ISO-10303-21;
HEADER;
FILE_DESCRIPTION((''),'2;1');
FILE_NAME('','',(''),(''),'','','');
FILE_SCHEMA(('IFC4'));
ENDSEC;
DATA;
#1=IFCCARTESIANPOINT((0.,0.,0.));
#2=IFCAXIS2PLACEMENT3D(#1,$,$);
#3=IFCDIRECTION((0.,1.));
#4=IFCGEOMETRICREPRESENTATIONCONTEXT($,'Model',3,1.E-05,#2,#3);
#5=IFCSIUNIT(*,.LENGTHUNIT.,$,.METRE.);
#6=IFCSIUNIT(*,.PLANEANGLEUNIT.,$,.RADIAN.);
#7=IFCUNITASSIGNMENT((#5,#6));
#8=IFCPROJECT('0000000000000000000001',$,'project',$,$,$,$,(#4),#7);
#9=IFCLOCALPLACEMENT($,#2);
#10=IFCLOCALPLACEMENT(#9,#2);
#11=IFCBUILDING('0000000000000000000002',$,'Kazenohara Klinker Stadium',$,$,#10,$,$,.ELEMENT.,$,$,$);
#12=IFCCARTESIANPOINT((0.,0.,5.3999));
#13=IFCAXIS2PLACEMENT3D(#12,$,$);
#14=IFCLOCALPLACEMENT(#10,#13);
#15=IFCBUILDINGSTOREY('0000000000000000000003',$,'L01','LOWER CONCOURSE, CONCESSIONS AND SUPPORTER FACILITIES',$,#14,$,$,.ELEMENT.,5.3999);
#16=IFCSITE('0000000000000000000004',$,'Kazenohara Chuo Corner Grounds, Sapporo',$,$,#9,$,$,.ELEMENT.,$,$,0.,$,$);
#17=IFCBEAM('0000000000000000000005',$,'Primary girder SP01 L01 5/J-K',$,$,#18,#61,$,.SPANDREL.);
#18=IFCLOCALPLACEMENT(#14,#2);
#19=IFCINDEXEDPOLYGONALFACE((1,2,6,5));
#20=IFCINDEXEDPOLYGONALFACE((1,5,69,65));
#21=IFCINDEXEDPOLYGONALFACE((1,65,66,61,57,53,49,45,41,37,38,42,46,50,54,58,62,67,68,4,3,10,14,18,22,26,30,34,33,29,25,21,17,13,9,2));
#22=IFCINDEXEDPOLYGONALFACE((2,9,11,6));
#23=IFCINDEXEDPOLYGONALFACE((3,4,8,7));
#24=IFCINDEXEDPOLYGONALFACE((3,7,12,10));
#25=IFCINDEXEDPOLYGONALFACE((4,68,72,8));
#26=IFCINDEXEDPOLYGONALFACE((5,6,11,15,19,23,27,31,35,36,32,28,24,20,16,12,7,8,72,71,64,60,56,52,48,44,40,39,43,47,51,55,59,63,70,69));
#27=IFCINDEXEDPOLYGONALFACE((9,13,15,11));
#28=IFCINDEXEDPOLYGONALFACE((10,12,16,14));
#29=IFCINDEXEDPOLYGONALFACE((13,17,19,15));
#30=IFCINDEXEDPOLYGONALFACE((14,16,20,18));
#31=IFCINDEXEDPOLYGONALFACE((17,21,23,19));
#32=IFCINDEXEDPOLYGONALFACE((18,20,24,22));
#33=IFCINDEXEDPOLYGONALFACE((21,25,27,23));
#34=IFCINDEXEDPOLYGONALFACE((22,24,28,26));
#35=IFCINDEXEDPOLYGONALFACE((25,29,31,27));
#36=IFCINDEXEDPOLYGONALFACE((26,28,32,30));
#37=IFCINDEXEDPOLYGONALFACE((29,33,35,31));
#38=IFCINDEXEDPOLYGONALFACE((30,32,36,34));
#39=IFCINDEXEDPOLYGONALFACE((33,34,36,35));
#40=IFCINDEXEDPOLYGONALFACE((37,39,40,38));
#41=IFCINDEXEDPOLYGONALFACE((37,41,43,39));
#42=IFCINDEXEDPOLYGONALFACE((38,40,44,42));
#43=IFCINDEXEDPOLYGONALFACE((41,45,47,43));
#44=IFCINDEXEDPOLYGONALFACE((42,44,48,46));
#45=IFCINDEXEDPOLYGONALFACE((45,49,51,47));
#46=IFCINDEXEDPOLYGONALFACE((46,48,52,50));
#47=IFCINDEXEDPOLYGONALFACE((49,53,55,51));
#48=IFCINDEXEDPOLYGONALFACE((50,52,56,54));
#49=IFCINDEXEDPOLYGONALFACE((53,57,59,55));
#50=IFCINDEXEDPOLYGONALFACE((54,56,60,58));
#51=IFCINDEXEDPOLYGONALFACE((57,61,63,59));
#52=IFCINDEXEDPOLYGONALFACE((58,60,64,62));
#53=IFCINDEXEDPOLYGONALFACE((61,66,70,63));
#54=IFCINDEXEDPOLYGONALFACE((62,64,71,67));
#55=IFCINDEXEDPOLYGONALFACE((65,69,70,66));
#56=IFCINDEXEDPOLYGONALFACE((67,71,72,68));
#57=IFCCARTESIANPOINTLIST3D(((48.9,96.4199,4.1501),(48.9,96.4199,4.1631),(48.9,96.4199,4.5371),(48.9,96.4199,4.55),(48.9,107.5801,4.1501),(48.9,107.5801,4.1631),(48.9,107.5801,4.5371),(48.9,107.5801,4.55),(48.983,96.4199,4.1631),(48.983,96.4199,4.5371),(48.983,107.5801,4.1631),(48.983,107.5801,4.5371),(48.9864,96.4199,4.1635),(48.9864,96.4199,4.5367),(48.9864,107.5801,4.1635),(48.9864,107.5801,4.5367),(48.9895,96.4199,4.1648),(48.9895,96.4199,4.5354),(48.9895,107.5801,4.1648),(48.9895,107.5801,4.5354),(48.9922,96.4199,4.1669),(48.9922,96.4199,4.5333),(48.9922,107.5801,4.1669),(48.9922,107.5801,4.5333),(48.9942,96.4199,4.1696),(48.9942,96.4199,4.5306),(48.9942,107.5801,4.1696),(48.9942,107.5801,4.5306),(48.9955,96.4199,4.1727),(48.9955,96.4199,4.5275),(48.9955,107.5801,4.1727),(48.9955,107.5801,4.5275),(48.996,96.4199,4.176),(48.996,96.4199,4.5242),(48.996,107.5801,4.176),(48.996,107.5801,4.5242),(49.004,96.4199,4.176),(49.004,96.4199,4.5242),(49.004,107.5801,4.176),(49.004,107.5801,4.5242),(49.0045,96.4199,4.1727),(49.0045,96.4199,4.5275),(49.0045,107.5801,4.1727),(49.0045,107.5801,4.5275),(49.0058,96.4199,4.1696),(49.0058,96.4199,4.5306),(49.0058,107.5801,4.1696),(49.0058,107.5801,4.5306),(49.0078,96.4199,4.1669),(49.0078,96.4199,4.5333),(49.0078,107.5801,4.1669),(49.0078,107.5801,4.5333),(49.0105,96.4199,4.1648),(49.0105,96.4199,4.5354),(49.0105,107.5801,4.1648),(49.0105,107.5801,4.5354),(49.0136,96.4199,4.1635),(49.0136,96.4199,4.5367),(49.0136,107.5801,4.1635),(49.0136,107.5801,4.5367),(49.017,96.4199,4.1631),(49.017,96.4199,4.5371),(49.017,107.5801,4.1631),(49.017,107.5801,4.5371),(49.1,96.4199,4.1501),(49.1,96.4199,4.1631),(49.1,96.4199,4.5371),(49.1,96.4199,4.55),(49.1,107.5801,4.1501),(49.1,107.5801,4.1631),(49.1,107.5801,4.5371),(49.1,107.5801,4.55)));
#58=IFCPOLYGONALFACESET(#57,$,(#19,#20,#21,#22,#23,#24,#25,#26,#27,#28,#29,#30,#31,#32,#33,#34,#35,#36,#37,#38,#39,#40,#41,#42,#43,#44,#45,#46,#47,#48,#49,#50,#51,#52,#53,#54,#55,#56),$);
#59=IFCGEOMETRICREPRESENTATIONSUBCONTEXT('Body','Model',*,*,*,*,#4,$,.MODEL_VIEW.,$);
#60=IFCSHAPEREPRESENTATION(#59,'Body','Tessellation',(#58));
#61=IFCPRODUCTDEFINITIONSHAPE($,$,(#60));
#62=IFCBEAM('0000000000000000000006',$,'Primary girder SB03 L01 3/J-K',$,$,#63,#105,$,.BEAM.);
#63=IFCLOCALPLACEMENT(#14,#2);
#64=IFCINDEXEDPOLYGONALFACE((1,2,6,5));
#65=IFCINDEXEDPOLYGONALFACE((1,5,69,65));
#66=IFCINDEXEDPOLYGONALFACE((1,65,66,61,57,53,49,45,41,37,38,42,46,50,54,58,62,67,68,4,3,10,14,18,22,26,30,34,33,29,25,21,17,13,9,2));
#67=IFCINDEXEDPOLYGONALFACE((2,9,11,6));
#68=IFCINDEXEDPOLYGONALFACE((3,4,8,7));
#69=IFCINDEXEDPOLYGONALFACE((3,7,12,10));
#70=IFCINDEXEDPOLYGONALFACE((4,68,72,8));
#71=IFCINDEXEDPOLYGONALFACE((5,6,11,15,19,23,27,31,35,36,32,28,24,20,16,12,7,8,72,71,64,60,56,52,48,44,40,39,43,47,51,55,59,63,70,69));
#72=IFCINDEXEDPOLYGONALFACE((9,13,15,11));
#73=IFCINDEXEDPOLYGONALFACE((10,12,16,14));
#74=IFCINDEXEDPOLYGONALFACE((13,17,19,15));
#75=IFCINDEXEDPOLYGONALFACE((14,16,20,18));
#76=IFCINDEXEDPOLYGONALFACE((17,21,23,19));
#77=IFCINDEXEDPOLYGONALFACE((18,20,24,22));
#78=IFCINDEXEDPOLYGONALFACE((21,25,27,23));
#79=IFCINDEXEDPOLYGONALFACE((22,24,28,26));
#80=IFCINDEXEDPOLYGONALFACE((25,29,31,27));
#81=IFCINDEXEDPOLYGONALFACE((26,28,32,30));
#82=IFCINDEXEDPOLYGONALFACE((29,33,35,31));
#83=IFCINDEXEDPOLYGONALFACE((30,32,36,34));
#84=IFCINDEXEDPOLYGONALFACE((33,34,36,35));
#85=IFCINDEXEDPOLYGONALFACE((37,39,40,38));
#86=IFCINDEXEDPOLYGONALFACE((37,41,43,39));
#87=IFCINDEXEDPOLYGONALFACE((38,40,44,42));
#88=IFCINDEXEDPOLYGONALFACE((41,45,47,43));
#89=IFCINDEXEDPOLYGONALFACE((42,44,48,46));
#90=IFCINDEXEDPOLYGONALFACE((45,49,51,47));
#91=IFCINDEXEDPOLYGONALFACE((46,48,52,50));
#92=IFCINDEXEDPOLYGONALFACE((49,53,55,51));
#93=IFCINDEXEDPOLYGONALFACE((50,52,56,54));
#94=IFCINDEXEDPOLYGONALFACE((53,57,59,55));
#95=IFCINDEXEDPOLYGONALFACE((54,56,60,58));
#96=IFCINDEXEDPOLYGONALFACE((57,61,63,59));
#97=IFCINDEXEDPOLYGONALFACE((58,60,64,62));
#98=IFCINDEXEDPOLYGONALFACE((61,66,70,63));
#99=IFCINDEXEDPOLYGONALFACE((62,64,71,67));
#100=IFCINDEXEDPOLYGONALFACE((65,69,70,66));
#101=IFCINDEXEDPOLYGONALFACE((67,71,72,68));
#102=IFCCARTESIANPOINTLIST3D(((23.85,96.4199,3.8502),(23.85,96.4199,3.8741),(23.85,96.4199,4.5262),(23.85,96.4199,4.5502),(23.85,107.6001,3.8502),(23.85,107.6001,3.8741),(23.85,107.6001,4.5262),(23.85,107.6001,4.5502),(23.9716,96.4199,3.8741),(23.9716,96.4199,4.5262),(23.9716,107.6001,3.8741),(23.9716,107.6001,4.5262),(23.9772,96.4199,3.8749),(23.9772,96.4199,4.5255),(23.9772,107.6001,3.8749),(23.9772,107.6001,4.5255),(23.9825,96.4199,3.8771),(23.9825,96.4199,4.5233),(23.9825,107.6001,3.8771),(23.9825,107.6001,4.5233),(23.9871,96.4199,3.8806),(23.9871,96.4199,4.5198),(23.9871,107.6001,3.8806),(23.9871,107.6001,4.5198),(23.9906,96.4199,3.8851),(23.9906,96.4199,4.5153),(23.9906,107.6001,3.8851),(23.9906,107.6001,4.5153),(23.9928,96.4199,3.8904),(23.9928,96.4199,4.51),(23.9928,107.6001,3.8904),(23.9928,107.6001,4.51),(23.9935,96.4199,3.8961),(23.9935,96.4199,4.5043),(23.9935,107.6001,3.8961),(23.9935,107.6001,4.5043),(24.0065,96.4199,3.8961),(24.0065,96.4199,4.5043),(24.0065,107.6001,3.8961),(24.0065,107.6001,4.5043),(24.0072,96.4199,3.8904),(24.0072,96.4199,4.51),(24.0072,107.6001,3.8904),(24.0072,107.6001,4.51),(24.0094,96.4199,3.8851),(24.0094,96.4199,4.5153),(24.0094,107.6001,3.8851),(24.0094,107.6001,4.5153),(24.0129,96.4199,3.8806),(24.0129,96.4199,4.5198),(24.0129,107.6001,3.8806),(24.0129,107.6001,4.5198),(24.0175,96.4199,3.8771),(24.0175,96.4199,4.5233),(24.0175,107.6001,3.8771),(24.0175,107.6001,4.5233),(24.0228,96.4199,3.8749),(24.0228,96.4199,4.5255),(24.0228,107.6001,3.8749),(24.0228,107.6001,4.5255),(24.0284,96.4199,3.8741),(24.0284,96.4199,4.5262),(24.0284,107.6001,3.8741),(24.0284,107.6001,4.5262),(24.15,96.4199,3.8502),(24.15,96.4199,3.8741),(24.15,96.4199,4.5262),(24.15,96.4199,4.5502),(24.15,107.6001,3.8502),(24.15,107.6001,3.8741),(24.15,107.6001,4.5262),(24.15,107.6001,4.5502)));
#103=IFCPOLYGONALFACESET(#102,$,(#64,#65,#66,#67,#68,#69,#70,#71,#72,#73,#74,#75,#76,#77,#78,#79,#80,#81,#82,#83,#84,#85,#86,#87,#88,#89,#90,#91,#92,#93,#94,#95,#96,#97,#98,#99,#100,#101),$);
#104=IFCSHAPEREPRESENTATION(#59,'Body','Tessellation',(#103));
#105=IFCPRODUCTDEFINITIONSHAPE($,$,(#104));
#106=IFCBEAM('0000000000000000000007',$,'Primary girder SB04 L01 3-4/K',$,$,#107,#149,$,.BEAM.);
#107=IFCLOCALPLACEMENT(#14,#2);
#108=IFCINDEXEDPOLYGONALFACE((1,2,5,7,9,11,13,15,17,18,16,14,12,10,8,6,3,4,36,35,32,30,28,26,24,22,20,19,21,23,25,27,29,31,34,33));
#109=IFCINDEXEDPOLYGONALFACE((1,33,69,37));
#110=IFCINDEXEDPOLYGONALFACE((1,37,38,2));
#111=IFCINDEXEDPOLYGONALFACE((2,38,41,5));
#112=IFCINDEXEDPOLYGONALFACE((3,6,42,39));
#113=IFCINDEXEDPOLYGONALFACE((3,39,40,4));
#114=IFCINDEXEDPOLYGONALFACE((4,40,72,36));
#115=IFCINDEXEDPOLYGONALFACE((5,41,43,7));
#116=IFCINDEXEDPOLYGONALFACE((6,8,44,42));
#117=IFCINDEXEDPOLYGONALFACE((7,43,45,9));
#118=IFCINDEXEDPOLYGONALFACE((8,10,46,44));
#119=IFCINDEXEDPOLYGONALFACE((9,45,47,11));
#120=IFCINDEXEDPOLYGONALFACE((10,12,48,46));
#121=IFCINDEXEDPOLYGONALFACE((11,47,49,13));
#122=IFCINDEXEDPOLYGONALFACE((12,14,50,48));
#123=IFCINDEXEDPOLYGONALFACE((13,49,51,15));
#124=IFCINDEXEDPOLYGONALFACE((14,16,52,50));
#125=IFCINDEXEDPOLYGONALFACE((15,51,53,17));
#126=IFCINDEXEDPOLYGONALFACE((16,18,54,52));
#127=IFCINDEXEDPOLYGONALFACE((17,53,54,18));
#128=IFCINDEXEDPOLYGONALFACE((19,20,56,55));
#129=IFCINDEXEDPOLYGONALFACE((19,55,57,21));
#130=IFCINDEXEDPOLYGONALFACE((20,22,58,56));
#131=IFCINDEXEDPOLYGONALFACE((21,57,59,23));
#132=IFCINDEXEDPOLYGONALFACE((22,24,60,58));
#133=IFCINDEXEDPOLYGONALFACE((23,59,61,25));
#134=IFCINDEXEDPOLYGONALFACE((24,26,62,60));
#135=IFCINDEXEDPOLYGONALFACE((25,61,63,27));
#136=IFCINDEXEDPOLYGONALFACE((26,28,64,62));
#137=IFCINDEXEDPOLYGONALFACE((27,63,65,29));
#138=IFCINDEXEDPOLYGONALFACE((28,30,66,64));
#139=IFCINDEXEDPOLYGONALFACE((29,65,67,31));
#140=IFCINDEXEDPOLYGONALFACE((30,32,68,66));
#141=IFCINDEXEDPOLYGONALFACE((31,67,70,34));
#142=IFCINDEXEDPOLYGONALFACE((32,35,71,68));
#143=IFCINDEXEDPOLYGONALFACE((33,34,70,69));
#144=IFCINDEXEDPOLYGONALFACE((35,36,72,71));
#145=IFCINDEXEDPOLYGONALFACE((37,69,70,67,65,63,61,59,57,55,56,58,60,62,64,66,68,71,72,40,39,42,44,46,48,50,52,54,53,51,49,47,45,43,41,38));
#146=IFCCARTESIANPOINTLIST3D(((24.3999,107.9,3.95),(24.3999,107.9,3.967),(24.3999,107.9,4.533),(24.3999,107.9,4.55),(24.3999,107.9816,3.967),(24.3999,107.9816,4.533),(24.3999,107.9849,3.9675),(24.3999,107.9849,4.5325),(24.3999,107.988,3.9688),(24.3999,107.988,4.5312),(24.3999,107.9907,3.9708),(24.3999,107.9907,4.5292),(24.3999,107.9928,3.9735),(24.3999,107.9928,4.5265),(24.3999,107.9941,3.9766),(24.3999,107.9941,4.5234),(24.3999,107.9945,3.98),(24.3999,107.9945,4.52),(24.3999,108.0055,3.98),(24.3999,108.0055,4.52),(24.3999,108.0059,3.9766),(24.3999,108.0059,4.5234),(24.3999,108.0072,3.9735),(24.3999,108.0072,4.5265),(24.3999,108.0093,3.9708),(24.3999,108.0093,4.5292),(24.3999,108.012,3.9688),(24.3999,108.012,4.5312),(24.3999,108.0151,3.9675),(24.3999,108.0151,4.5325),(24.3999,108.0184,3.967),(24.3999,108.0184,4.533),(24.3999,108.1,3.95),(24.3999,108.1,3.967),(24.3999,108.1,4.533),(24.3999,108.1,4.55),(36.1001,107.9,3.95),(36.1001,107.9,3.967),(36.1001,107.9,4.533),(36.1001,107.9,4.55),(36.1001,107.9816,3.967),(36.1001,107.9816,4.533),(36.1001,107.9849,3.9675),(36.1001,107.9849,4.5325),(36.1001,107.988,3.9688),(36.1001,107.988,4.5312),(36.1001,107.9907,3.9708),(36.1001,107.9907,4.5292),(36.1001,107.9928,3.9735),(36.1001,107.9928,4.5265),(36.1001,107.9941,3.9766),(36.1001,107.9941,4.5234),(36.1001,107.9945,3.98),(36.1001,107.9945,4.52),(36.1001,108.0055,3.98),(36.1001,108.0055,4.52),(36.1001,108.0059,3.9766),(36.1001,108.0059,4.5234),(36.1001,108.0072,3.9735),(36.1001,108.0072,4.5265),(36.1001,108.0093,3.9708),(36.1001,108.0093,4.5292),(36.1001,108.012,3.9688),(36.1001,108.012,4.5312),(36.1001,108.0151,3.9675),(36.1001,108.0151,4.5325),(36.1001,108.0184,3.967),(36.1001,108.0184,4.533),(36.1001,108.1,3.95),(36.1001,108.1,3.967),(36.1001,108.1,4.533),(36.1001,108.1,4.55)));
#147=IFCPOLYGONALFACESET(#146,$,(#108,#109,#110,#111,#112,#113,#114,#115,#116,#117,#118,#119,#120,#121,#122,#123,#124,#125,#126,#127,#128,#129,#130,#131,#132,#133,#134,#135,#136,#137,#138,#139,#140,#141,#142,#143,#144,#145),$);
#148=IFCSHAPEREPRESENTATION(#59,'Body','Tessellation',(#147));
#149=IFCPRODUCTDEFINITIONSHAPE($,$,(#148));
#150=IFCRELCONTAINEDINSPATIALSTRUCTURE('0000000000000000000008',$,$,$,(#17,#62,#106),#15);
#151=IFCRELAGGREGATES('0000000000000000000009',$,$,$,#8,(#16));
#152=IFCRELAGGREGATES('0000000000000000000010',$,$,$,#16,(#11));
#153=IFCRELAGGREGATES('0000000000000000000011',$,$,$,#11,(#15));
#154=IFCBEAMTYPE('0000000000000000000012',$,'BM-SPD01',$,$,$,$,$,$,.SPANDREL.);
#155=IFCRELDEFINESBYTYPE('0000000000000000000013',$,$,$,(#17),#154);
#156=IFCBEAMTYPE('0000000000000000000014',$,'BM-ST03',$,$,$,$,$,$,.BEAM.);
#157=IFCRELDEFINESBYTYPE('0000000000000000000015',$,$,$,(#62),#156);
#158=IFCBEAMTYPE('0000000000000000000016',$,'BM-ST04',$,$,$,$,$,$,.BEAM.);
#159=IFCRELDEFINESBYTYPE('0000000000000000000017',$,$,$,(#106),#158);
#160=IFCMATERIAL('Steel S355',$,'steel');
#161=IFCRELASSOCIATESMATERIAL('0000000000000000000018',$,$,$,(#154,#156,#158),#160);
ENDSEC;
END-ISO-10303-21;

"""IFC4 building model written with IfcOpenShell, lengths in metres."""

from ifc_helpers import new_model, si_unit, direction, frame, origin, origin_2d, place, context, subcontext, project, spatial, i_section, extrude, material, material_profile, profile_set, type_object, element, save


model = new_model("IFC4")

# Units and contexts
model_context = context("Model", 3, precision=1e-05, world=origin(), true_north=direction((0.0, 1.0)))
body_context = subcontext(model_context, "Body", "Model", "MODEL_VIEW")
ifc_project = project(units=[si_unit("LENGTHUNIT", "METRE"), si_unit("PLANEANGLEUNIT", "RADIAN")], contexts=[model_context])

# Site, building, storey
site_placement = place(None, origin())
site = spatial("IfcSite", under=ifc_project, at=site_placement, Name="Kazenohara Chuo Corner Grounds, Sapporo", CompositionType="ELEMENT", RefElevation=0.0)
building_placement = place(site_placement, origin())
building = spatial("IfcBuilding", under=site, at=building_placement, Name="Kazenohara Klinker Stadium", CompositionType="ELEMENT")
storey_placement = place(building_placement, frame((0.0, 0.0, 5.3999)))
storey = spatial("IfcBuildingStorey", under=building, at=storey_placement, Name="L01", Description="LOWER CONCOURSE, CONCESSIONS AND SUPPORTER FACILITIES", CompositionType="ELEMENT", Elevation=5.3999)

# Beams
ifc_material_1 = material(Name="Steel S355", Category="steel")
ifc_material_profile_1 = material_profile(ifc_material_1, i_section(OverallWidth=0.2, OverallDepth=0.3999, WebThickness=0.0081, FlangeThickness=0.0129, FilletRadius=0.0129, at=origin_2d()), Name="H-400x200x8x13")
ifc_profile_set_1 = profile_set([ifc_material_profile_1], Name="Steel S355")
beam_type_1 = type_object("IfcBeamType", Name="BM-SPD01", PredefinedType="SPANDREL", material=ifc_profile_set_1)
beam_1_placement = place(storey_placement, frame((49.0, 96.4199, 4.3501), z_axis=(0.0, 1.0, 0.0), x_axis=(-1.0, 0.0, 0.0)))
element("IfcBeam", 1, at=beam_1_placement, inside=storey, type_object=beam_type_1, Name="Primary girder SP01 L01 5/J-K", PredefinedType="SPANDREL", context=body_context, shape_type="SweptSolid", body=[
    extrude(i_section(OverallWidth=0.2, OverallDepth=0.3999, WebThickness=0.0081, FlangeThickness=0.0129, FilletRadius=0.0129, at=origin_2d()), origin(), (0.0, 0.0, 1.0), 11.1602),
])
ifc_material_profile_2 = material_profile(ifc_material_1, i_section(OverallWidth=0.3, OverallDepth=0.7, WebThickness=0.0129, FlangeThickness=0.0239, FilletRadius=0.022, at=origin_2d()), Name="H-700x300x13x24")
ifc_profile_set_2 = profile_set([ifc_material_profile_2], Name="Steel S355")
beam_type_2 = type_object("IfcBeamType", Name="BM-ST03", PredefinedType="BEAM", material=ifc_profile_set_2)
beam_2_placement = place(storey_placement, frame((24.0, 96.4199, 4.2002), z_axis=(0.0, 1.0, 0.0), x_axis=(-1.0, 0.0, 0.0)))
element("IfcBeam", 2, at=beam_2_placement, inside=storey, type_object=beam_type_2, Name="Primary girder SB03 L01 3/J-K", PredefinedType="BEAM", context=body_context, shape_type="SweptSolid", body=[
    extrude(i_section(OverallWidth=0.3, OverallDepth=0.7, WebThickness=0.0129, FlangeThickness=0.0239, FilletRadius=0.022, at=origin_2d()), origin(), (0.0, 0.0, 1.0), 11.1802),
])
ifc_material_profile_3 = material_profile(ifc_material_1, i_section(OverallWidth=0.2, OverallDepth=0.6001, WebThickness=0.011, FlangeThickness=0.0171, FilletRadius=0.0129, at=origin_2d()), Name="H-600x200x11x17")
ifc_profile_set_3 = profile_set([ifc_material_profile_3], Name="Steel S355")
beam_type_3 = type_object("IfcBeamType", Name="BM-ST04", PredefinedType="BEAM", material=ifc_profile_set_3)
beam_3_placement = place(storey_placement, frame((24.3999, 108.0, 4.25), z_axis=(1.0, 0.0, 0.0), x_axis=(0.0, 1.0, 0.0)))
element("IfcBeam", 3, at=beam_3_placement, inside=storey, type_object=beam_type_3, Name="Primary girder SB04 L01 3-4/K", PredefinedType="BEAM", context=body_context, shape_type="SweptSolid", body=[
    extrude(i_section(OverallWidth=0.2, OverallDepth=0.6001, WebThickness=0.011, FlangeThickness=0.0171, FilletRadius=0.0129, at=origin_2d()), origin(), (0.0, 0.0, 1.0), 11.7002),
])

save(model, "model.ifc")
